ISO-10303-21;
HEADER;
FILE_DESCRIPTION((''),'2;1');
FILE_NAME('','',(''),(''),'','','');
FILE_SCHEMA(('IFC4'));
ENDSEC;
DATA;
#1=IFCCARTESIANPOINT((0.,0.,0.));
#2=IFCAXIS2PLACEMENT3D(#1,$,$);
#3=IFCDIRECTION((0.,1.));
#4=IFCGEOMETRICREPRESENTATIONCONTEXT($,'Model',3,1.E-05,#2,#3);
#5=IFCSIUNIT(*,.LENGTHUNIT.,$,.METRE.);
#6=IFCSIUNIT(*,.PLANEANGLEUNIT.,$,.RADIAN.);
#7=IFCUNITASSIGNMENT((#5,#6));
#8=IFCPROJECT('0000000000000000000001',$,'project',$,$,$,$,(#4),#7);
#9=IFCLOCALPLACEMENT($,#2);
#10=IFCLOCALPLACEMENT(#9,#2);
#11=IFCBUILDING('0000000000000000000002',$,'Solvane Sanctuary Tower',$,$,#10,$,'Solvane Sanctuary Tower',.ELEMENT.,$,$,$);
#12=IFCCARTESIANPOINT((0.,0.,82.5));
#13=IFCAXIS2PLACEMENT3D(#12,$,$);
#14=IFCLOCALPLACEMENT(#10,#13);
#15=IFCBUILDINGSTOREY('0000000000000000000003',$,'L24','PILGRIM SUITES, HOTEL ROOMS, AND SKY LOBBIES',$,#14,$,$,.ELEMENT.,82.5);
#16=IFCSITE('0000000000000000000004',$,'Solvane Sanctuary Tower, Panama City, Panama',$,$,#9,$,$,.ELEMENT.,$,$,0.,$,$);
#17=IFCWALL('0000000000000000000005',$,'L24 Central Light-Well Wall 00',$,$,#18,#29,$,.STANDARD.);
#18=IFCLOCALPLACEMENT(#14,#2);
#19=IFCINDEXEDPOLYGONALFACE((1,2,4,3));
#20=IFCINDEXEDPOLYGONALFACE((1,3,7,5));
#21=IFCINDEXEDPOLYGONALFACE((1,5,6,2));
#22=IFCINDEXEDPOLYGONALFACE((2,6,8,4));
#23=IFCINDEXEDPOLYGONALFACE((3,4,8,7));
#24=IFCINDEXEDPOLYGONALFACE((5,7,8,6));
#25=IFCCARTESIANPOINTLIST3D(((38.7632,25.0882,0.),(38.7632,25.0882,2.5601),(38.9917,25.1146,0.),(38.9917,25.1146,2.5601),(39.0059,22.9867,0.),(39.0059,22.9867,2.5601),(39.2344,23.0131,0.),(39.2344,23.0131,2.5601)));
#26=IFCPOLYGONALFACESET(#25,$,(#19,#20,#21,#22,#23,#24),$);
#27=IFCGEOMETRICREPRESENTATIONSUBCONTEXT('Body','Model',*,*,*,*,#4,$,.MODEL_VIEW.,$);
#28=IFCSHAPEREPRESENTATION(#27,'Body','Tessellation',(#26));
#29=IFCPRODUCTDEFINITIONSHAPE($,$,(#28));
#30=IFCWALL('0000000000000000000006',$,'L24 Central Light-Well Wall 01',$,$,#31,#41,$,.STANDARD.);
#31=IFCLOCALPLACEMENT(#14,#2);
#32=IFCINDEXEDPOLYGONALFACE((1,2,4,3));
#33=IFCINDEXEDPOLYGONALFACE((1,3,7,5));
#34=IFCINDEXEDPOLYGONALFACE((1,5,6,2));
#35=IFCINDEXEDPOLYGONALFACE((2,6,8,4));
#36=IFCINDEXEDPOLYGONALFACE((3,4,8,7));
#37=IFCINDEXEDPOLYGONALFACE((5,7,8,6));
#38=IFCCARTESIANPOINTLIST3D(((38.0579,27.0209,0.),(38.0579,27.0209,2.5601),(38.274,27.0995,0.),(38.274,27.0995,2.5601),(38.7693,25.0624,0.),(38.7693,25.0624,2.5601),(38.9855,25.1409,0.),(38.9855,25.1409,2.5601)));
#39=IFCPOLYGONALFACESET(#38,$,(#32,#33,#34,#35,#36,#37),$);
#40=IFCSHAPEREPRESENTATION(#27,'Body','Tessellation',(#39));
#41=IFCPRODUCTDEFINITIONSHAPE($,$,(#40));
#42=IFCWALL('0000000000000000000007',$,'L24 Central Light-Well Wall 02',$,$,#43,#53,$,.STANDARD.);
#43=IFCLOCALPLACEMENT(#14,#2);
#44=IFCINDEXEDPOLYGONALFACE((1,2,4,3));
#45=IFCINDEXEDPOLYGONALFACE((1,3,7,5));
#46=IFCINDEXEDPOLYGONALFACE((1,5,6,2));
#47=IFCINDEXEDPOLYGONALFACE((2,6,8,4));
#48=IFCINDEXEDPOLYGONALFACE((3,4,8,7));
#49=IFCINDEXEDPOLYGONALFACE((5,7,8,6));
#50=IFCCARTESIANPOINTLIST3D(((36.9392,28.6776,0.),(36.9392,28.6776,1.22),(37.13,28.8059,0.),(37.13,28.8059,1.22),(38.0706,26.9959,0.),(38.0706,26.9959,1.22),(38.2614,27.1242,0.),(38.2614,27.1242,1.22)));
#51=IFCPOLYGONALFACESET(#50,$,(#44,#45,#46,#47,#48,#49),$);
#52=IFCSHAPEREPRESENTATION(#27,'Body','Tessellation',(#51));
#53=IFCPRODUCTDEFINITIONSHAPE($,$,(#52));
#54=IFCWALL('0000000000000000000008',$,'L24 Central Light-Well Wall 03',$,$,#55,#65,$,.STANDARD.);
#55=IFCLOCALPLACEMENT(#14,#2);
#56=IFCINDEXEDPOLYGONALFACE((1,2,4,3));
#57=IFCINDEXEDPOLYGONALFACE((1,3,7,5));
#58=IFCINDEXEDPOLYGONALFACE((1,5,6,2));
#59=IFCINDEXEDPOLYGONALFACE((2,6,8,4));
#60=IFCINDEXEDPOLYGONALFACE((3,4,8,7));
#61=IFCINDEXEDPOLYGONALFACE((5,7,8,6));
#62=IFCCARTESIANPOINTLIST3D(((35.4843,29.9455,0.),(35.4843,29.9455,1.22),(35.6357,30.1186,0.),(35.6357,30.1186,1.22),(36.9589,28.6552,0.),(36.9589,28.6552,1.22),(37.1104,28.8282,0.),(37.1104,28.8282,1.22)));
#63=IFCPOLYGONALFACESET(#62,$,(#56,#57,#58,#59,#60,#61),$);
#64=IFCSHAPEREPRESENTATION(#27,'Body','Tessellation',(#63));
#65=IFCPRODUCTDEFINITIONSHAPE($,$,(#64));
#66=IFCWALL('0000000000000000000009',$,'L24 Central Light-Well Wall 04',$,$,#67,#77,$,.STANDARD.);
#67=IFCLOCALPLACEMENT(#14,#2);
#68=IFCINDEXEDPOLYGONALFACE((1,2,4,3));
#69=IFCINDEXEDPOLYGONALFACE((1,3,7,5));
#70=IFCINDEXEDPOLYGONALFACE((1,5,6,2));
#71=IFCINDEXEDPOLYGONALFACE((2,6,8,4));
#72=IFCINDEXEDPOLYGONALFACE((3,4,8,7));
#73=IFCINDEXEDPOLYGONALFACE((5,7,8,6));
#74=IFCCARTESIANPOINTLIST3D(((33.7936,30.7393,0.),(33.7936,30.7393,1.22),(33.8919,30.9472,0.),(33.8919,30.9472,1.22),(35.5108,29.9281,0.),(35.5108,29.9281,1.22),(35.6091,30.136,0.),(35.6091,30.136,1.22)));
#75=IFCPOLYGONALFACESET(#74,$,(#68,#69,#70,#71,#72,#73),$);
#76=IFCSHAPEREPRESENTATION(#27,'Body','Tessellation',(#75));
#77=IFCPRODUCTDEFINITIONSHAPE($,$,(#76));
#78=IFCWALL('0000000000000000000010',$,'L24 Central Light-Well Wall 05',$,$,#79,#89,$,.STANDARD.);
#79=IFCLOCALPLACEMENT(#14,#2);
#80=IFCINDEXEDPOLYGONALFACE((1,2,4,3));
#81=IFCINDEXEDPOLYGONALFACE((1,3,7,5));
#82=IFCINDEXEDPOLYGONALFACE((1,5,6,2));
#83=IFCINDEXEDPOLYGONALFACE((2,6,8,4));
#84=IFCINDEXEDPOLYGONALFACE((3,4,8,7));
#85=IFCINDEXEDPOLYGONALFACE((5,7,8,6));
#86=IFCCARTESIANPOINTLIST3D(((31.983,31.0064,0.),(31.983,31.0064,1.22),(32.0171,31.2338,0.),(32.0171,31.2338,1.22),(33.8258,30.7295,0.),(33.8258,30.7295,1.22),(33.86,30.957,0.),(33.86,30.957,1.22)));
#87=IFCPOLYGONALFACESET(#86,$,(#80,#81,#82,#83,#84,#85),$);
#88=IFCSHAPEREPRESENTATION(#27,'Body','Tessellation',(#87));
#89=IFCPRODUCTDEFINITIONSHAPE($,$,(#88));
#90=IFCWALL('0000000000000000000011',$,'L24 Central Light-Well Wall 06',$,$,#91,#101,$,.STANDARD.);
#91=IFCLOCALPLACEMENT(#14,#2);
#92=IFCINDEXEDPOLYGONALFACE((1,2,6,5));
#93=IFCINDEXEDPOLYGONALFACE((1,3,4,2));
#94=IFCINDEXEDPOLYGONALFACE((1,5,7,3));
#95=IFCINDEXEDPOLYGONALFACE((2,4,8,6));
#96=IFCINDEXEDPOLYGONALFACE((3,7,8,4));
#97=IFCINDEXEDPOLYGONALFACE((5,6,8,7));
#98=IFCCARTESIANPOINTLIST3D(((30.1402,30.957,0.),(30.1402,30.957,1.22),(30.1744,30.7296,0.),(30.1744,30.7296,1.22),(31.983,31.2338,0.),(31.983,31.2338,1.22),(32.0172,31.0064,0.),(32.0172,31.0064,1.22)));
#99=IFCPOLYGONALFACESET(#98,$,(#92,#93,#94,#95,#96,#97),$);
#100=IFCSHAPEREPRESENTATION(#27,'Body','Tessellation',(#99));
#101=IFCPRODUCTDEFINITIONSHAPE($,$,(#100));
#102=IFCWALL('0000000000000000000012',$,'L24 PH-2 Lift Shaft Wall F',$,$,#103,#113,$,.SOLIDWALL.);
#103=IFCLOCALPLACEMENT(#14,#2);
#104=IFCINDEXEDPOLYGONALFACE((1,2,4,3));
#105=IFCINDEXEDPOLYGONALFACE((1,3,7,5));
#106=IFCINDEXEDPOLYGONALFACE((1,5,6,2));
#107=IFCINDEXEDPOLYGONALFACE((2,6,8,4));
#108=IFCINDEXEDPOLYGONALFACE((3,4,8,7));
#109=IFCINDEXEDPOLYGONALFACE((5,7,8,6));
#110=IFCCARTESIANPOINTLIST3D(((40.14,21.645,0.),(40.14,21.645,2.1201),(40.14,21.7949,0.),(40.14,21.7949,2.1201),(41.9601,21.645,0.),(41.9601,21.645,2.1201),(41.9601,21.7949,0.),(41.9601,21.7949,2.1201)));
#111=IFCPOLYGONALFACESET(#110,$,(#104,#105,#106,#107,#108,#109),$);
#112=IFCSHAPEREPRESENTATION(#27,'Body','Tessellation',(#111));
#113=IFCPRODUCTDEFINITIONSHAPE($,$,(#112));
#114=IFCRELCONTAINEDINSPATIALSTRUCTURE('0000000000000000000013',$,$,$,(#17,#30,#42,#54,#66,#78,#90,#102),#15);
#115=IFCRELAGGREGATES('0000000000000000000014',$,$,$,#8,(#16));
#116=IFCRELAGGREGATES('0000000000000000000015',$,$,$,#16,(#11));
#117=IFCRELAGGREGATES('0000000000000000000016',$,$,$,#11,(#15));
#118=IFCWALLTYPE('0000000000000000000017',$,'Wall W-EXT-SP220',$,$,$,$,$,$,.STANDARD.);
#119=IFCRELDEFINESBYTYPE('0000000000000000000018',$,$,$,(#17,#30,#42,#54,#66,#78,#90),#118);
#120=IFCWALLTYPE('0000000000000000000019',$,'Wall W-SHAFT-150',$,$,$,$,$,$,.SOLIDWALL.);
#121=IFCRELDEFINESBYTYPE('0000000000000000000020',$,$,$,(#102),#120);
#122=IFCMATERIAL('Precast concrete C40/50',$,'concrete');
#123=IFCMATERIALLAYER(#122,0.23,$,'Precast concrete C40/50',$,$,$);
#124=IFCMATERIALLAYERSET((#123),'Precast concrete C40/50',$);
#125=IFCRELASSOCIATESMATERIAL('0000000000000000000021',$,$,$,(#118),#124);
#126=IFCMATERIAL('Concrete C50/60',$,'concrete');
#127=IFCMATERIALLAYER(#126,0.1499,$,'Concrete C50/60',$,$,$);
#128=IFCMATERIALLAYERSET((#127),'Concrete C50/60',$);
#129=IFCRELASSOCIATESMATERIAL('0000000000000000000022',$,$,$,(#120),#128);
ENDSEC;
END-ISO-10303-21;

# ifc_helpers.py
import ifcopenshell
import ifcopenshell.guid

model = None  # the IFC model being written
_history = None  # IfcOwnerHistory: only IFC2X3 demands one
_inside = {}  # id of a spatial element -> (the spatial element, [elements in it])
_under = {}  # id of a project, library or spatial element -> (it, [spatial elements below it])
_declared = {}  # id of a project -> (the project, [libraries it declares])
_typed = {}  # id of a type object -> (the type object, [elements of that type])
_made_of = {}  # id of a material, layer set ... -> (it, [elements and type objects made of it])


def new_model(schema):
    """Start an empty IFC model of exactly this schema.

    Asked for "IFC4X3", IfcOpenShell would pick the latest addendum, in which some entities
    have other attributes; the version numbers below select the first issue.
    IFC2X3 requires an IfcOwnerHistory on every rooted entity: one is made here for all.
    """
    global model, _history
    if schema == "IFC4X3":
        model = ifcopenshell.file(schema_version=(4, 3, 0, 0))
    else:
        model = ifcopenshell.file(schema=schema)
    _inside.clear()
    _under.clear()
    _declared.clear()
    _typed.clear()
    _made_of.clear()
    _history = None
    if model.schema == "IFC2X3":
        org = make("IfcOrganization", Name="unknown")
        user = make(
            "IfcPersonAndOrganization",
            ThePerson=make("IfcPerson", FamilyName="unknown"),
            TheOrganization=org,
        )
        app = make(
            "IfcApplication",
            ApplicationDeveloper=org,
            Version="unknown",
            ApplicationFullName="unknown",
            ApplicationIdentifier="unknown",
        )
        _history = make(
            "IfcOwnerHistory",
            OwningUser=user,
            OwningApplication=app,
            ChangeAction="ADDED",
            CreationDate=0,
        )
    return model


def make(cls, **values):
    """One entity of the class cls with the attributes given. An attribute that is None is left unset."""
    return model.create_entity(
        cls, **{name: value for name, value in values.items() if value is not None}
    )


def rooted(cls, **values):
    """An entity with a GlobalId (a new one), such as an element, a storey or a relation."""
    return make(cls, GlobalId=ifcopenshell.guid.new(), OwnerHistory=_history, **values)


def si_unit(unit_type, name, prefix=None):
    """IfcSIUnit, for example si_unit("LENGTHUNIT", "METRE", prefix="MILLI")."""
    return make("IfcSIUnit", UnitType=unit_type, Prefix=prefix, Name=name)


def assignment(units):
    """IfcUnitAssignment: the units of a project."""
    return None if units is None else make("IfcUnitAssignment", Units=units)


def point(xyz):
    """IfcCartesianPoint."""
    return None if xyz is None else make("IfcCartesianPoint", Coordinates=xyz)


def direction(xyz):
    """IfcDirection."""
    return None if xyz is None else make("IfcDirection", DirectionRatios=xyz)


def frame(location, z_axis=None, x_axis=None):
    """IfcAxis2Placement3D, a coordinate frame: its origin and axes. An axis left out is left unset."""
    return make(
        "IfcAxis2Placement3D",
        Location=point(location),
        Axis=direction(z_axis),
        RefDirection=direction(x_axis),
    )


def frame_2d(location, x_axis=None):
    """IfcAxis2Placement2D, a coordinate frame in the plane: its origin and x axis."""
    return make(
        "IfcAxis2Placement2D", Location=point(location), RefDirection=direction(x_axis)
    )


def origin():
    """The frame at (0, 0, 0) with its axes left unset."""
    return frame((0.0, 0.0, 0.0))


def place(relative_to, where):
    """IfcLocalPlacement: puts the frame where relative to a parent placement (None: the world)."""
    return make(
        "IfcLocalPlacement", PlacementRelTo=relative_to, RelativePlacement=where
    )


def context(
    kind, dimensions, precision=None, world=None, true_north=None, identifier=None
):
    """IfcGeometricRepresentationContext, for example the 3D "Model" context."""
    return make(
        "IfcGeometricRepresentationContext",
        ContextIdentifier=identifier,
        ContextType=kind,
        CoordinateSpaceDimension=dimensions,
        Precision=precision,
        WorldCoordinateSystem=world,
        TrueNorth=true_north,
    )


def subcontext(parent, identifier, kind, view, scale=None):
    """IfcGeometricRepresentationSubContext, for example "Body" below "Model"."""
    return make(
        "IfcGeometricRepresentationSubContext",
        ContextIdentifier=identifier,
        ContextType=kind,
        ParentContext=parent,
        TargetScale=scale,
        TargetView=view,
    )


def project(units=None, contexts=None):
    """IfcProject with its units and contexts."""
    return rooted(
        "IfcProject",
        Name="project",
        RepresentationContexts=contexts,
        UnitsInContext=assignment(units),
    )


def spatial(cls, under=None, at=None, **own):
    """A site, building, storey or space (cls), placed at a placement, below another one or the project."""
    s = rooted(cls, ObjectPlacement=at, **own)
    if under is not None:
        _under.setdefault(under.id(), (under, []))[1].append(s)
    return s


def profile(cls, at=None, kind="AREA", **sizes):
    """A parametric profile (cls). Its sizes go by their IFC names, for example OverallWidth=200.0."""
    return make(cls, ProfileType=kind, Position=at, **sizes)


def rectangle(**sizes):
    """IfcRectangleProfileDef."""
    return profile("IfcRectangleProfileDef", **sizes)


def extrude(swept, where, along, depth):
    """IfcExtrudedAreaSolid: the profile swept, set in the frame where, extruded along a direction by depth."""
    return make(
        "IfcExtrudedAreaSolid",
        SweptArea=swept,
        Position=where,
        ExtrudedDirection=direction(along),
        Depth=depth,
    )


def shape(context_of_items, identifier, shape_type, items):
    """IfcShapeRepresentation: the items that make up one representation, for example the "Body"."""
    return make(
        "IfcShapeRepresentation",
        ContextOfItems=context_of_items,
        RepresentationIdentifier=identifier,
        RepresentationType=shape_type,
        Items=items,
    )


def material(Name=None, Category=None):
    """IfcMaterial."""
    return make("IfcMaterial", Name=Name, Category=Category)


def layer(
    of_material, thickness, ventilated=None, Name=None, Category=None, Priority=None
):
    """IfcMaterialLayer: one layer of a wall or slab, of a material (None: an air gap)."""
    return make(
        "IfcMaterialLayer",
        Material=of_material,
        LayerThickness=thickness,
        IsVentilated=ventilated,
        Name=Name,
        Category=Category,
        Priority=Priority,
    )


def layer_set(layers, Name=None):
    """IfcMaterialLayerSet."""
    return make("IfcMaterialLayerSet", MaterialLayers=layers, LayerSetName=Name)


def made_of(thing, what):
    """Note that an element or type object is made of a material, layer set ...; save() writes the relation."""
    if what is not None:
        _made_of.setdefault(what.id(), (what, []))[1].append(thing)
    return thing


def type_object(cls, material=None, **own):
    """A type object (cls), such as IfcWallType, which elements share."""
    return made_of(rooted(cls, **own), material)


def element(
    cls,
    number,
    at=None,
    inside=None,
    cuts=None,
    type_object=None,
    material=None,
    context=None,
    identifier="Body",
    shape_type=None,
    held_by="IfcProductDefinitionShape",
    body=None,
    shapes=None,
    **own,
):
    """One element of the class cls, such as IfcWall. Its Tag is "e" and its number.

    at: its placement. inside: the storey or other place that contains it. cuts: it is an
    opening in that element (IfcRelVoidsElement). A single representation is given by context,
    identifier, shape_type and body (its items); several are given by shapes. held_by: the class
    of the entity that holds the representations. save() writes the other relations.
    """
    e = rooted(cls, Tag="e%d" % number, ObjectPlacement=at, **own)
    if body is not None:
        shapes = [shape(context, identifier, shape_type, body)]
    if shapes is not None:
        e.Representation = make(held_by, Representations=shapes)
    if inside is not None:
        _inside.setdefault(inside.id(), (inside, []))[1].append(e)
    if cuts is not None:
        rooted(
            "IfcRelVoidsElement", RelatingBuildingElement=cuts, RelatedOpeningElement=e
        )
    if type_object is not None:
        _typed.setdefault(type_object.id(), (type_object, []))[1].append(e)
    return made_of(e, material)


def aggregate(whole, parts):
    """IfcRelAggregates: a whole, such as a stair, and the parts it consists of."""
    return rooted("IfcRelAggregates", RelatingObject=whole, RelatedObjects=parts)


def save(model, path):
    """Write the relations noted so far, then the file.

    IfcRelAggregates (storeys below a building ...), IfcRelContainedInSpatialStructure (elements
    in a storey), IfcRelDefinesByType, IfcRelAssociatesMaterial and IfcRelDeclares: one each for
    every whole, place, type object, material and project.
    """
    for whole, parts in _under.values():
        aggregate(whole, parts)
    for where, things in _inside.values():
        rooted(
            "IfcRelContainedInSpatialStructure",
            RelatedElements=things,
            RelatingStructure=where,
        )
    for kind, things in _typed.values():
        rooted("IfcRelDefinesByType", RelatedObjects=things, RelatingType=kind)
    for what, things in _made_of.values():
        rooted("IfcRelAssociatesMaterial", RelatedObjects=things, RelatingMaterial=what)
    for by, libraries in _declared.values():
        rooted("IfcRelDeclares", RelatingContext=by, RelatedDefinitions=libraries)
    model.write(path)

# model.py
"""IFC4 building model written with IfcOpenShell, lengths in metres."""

from ifc_helpers import new_model, si_unit, direction, frame, frame_2d, origin, place, context, subcontext, project, spatial, rectangle, extrude, material, layer, layer_set, type_object, element, save


model = new_model("IFC4")

# Units and contexts
model_context = context("Model", 3, precision=1e-05, world=origin(), true_north=direction((0.0, 1.0)))
body_context = subcontext(model_context, "Body", "Model", "MODEL_VIEW")
ifc_project = project(units=[si_unit("LENGTHUNIT", "METRE"), si_unit("PLANEANGLEUNIT", "RADIAN")], contexts=[model_context])

# Site, building, storey
site_placement = place(None, origin())
site = spatial("IfcSite", under=ifc_project, at=site_placement, Name="Solvane Sanctuary Tower, Panama City, Panama", CompositionType="ELEMENT", RefElevation=0.0)
building_placement = place(site_placement, origin())
building = spatial("IfcBuilding", under=site, at=building_placement, Name="Solvane Sanctuary Tower", LongName="Solvane Sanctuary Tower", CompositionType="ELEMENT")
storey_placement = place(building_placement, frame((0.0, 0.0, 82.5)))
storey = spatial("IfcBuildingStorey", under=building, at=storey_placement, Name="L24", Description="PILGRIM SUITES, HOTEL ROOMS, AND SKY LOBBIES", CompositionType="ELEMENT", Elevation=82.5)

# Walls
ifc_material_1 = material(Name="Precast concrete C40/50", Category="concrete")
ifc_layer_1 = layer(ifc_material_1, 0.23, Name="Precast concrete C40/50")
ifc_layer_set_1 = layer_set([ifc_layer_1], Name="Precast concrete C40/50")
wall_type_1 = type_object("IfcWallType", Name="Wall W-EXT-SP220", PredefinedType="STANDARD", material=ifc_layer_set_1)
wall_1_placement = place(storey_placement, frame((39.1201, 23.0, 0.0), z_axis=(0.0, 0.0, 1.0), x_axis=(-0.114712, 0.993399, 0.0)))
element("IfcWall", 1, at=wall_1_placement, inside=storey, type_object=wall_type_1, Name="L24 Central Light-Well Wall 00", PredefinedType="STANDARD", context=body_context, shape_type="SweptSolid", body=[
    extrude(rectangle(XDim=2.1155, YDim=0.23, at=frame_2d((1.0576, 0.0))), origin(), (0.0, 0.0, 1.0), 2.5601),
])
wall_2_placement = place(storey_placement, frame((38.8774, 25.1016, 0.0), z_axis=(0.0, 0.0, 1.0), x_axis=(-0.341423, 0.93991, 0.0)))
element("IfcWall", 2, at=wall_2_placement, inside=storey, type_object=wall_type_1, Name="L24 Central Light-Well Wall 01", PredefinedType="STANDARD", context=body_context, shape_type="SweptSolid", body=[
    extrude(rectangle(XDim=2.0837, YDim=0.23, at=frame_2d((1.042, 0.0))), origin(), (0.0, 0.0, 1.0), 2.5601),
])
wall_3_placement = place(storey_placement, frame((38.166, 27.0601, 0.0), z_axis=(0.0, 0.0, 1.0), x_axis=(-0.558198, 0.829708, 0.0)))
element("IfcWall", 3, at=wall_3_placement, inside=storey, type_object=wall_type_1, Name="L24 Central Light-Well Wall 02", PredefinedType="STANDARD", context=body_context, shape_type="SweptSolid", body=[
    extrude(rectangle(XDim=2.0269, YDim=0.23, at=frame_2d((1.0134, 0.0))), origin(), (0.0, 0.0, 1.0), 1.22),
])
wall_4_placement = place(storey_placement, frame((37.0347, 28.7417, 0.0), z_axis=(0.0, 0.0, 1.0), x_axis=(-0.752577, 0.658505, 0.0)))
element("IfcWall", 4, at=wall_4_placement, inside=storey, type_object=wall_type_1, Name="L24 Central Light-Well Wall 03", PredefinedType="STANDARD", context=body_context, shape_type="SweptSolid", body=[
    extrude(rectangle(XDim=1.9595, YDim=0.23, at=frame_2d((0.9797, 0.0))), origin(), (0.0, 0.0, 1.0), 1.22),
])
wall_5_placement = place(storey_placement, frame((35.5601, 30.032, 0.0), z_axis=(0.0, 0.0, 1.0), x_axis=(-0.90418, 0.427152, 0.0)))
element("IfcWall", 5, at=wall_5_placement, inside=storey, type_object=wall_type_1, Name="L24 Central Light-Well Wall 04", PredefinedType="STANDARD", context=body_context, shape_type="SweptSolid", body=[
    extrude(rectangle(XDim=1.8992, YDim=0.23, at=frame_2d((0.9497, 0.0))), origin(), (0.0, 0.0, 1.0), 1.22),
])
for number, where, z_axis, x_axis, name in (
    (6, (33.8428, 30.8433, 0.0), (0.0, 0.0, 1.0), (-0.988902, 0.148571, 0.0), "L24 Central Light-Well Wall 05"),
    (7, (32.0, 31.1201, 0.0), (0.0, 0.0, 1.0), (-0.988902, -0.148571, 0.0), "L24 Central Light-Well Wall 06"),
):
    element("IfcWall", number, at=place(storey_placement, frame(where, z_axis=z_axis, x_axis=x_axis)), inside=storey, type_object=wall_type_1, Name=name, PredefinedType="STANDARD", context=body_context, shape_type="SweptSolid", body=[
        extrude(rectangle(XDim=1.8635, YDim=0.23, at=frame_2d((0.9316, 0.0))), origin(), (0.0, 0.0, 1.0), 1.22),
    ])
ifc_material_2 = material(Name="Concrete C50/60", Category="concrete")
ifc_layer_2 = layer(ifc_material_2, 0.1499, Name="Concrete C50/60")
ifc_layer_set_2 = layer_set([ifc_layer_2], Name="Concrete C50/60")
wall_type_2 = type_object("IfcWallType", Name="Wall W-SHAFT-150", PredefinedType="SOLIDWALL", material=ifc_layer_set_2)
wall_6_placement = place(storey_placement, frame((40.1399, 21.72, 0.0), z_axis=(0.0, 0.0, 1.0), x_axis=(1.0, 0.0, 0.0)))
element("IfcWall", 8, at=wall_6_placement, inside=storey, type_object=wall_type_2, Name="L24 PH-2 Lift Shaft Wall F", PredefinedType="SOLIDWALL", context=body_context, shape_type="SweptSolid", body=[
    extrude(rectangle(XDim=1.8201, YDim=0.1499, at=frame_2d((0.9102, 0.0))), origin(), (0.0, 0.0, 1.0), 2.1201),
])

save(model, "model.ifc")
